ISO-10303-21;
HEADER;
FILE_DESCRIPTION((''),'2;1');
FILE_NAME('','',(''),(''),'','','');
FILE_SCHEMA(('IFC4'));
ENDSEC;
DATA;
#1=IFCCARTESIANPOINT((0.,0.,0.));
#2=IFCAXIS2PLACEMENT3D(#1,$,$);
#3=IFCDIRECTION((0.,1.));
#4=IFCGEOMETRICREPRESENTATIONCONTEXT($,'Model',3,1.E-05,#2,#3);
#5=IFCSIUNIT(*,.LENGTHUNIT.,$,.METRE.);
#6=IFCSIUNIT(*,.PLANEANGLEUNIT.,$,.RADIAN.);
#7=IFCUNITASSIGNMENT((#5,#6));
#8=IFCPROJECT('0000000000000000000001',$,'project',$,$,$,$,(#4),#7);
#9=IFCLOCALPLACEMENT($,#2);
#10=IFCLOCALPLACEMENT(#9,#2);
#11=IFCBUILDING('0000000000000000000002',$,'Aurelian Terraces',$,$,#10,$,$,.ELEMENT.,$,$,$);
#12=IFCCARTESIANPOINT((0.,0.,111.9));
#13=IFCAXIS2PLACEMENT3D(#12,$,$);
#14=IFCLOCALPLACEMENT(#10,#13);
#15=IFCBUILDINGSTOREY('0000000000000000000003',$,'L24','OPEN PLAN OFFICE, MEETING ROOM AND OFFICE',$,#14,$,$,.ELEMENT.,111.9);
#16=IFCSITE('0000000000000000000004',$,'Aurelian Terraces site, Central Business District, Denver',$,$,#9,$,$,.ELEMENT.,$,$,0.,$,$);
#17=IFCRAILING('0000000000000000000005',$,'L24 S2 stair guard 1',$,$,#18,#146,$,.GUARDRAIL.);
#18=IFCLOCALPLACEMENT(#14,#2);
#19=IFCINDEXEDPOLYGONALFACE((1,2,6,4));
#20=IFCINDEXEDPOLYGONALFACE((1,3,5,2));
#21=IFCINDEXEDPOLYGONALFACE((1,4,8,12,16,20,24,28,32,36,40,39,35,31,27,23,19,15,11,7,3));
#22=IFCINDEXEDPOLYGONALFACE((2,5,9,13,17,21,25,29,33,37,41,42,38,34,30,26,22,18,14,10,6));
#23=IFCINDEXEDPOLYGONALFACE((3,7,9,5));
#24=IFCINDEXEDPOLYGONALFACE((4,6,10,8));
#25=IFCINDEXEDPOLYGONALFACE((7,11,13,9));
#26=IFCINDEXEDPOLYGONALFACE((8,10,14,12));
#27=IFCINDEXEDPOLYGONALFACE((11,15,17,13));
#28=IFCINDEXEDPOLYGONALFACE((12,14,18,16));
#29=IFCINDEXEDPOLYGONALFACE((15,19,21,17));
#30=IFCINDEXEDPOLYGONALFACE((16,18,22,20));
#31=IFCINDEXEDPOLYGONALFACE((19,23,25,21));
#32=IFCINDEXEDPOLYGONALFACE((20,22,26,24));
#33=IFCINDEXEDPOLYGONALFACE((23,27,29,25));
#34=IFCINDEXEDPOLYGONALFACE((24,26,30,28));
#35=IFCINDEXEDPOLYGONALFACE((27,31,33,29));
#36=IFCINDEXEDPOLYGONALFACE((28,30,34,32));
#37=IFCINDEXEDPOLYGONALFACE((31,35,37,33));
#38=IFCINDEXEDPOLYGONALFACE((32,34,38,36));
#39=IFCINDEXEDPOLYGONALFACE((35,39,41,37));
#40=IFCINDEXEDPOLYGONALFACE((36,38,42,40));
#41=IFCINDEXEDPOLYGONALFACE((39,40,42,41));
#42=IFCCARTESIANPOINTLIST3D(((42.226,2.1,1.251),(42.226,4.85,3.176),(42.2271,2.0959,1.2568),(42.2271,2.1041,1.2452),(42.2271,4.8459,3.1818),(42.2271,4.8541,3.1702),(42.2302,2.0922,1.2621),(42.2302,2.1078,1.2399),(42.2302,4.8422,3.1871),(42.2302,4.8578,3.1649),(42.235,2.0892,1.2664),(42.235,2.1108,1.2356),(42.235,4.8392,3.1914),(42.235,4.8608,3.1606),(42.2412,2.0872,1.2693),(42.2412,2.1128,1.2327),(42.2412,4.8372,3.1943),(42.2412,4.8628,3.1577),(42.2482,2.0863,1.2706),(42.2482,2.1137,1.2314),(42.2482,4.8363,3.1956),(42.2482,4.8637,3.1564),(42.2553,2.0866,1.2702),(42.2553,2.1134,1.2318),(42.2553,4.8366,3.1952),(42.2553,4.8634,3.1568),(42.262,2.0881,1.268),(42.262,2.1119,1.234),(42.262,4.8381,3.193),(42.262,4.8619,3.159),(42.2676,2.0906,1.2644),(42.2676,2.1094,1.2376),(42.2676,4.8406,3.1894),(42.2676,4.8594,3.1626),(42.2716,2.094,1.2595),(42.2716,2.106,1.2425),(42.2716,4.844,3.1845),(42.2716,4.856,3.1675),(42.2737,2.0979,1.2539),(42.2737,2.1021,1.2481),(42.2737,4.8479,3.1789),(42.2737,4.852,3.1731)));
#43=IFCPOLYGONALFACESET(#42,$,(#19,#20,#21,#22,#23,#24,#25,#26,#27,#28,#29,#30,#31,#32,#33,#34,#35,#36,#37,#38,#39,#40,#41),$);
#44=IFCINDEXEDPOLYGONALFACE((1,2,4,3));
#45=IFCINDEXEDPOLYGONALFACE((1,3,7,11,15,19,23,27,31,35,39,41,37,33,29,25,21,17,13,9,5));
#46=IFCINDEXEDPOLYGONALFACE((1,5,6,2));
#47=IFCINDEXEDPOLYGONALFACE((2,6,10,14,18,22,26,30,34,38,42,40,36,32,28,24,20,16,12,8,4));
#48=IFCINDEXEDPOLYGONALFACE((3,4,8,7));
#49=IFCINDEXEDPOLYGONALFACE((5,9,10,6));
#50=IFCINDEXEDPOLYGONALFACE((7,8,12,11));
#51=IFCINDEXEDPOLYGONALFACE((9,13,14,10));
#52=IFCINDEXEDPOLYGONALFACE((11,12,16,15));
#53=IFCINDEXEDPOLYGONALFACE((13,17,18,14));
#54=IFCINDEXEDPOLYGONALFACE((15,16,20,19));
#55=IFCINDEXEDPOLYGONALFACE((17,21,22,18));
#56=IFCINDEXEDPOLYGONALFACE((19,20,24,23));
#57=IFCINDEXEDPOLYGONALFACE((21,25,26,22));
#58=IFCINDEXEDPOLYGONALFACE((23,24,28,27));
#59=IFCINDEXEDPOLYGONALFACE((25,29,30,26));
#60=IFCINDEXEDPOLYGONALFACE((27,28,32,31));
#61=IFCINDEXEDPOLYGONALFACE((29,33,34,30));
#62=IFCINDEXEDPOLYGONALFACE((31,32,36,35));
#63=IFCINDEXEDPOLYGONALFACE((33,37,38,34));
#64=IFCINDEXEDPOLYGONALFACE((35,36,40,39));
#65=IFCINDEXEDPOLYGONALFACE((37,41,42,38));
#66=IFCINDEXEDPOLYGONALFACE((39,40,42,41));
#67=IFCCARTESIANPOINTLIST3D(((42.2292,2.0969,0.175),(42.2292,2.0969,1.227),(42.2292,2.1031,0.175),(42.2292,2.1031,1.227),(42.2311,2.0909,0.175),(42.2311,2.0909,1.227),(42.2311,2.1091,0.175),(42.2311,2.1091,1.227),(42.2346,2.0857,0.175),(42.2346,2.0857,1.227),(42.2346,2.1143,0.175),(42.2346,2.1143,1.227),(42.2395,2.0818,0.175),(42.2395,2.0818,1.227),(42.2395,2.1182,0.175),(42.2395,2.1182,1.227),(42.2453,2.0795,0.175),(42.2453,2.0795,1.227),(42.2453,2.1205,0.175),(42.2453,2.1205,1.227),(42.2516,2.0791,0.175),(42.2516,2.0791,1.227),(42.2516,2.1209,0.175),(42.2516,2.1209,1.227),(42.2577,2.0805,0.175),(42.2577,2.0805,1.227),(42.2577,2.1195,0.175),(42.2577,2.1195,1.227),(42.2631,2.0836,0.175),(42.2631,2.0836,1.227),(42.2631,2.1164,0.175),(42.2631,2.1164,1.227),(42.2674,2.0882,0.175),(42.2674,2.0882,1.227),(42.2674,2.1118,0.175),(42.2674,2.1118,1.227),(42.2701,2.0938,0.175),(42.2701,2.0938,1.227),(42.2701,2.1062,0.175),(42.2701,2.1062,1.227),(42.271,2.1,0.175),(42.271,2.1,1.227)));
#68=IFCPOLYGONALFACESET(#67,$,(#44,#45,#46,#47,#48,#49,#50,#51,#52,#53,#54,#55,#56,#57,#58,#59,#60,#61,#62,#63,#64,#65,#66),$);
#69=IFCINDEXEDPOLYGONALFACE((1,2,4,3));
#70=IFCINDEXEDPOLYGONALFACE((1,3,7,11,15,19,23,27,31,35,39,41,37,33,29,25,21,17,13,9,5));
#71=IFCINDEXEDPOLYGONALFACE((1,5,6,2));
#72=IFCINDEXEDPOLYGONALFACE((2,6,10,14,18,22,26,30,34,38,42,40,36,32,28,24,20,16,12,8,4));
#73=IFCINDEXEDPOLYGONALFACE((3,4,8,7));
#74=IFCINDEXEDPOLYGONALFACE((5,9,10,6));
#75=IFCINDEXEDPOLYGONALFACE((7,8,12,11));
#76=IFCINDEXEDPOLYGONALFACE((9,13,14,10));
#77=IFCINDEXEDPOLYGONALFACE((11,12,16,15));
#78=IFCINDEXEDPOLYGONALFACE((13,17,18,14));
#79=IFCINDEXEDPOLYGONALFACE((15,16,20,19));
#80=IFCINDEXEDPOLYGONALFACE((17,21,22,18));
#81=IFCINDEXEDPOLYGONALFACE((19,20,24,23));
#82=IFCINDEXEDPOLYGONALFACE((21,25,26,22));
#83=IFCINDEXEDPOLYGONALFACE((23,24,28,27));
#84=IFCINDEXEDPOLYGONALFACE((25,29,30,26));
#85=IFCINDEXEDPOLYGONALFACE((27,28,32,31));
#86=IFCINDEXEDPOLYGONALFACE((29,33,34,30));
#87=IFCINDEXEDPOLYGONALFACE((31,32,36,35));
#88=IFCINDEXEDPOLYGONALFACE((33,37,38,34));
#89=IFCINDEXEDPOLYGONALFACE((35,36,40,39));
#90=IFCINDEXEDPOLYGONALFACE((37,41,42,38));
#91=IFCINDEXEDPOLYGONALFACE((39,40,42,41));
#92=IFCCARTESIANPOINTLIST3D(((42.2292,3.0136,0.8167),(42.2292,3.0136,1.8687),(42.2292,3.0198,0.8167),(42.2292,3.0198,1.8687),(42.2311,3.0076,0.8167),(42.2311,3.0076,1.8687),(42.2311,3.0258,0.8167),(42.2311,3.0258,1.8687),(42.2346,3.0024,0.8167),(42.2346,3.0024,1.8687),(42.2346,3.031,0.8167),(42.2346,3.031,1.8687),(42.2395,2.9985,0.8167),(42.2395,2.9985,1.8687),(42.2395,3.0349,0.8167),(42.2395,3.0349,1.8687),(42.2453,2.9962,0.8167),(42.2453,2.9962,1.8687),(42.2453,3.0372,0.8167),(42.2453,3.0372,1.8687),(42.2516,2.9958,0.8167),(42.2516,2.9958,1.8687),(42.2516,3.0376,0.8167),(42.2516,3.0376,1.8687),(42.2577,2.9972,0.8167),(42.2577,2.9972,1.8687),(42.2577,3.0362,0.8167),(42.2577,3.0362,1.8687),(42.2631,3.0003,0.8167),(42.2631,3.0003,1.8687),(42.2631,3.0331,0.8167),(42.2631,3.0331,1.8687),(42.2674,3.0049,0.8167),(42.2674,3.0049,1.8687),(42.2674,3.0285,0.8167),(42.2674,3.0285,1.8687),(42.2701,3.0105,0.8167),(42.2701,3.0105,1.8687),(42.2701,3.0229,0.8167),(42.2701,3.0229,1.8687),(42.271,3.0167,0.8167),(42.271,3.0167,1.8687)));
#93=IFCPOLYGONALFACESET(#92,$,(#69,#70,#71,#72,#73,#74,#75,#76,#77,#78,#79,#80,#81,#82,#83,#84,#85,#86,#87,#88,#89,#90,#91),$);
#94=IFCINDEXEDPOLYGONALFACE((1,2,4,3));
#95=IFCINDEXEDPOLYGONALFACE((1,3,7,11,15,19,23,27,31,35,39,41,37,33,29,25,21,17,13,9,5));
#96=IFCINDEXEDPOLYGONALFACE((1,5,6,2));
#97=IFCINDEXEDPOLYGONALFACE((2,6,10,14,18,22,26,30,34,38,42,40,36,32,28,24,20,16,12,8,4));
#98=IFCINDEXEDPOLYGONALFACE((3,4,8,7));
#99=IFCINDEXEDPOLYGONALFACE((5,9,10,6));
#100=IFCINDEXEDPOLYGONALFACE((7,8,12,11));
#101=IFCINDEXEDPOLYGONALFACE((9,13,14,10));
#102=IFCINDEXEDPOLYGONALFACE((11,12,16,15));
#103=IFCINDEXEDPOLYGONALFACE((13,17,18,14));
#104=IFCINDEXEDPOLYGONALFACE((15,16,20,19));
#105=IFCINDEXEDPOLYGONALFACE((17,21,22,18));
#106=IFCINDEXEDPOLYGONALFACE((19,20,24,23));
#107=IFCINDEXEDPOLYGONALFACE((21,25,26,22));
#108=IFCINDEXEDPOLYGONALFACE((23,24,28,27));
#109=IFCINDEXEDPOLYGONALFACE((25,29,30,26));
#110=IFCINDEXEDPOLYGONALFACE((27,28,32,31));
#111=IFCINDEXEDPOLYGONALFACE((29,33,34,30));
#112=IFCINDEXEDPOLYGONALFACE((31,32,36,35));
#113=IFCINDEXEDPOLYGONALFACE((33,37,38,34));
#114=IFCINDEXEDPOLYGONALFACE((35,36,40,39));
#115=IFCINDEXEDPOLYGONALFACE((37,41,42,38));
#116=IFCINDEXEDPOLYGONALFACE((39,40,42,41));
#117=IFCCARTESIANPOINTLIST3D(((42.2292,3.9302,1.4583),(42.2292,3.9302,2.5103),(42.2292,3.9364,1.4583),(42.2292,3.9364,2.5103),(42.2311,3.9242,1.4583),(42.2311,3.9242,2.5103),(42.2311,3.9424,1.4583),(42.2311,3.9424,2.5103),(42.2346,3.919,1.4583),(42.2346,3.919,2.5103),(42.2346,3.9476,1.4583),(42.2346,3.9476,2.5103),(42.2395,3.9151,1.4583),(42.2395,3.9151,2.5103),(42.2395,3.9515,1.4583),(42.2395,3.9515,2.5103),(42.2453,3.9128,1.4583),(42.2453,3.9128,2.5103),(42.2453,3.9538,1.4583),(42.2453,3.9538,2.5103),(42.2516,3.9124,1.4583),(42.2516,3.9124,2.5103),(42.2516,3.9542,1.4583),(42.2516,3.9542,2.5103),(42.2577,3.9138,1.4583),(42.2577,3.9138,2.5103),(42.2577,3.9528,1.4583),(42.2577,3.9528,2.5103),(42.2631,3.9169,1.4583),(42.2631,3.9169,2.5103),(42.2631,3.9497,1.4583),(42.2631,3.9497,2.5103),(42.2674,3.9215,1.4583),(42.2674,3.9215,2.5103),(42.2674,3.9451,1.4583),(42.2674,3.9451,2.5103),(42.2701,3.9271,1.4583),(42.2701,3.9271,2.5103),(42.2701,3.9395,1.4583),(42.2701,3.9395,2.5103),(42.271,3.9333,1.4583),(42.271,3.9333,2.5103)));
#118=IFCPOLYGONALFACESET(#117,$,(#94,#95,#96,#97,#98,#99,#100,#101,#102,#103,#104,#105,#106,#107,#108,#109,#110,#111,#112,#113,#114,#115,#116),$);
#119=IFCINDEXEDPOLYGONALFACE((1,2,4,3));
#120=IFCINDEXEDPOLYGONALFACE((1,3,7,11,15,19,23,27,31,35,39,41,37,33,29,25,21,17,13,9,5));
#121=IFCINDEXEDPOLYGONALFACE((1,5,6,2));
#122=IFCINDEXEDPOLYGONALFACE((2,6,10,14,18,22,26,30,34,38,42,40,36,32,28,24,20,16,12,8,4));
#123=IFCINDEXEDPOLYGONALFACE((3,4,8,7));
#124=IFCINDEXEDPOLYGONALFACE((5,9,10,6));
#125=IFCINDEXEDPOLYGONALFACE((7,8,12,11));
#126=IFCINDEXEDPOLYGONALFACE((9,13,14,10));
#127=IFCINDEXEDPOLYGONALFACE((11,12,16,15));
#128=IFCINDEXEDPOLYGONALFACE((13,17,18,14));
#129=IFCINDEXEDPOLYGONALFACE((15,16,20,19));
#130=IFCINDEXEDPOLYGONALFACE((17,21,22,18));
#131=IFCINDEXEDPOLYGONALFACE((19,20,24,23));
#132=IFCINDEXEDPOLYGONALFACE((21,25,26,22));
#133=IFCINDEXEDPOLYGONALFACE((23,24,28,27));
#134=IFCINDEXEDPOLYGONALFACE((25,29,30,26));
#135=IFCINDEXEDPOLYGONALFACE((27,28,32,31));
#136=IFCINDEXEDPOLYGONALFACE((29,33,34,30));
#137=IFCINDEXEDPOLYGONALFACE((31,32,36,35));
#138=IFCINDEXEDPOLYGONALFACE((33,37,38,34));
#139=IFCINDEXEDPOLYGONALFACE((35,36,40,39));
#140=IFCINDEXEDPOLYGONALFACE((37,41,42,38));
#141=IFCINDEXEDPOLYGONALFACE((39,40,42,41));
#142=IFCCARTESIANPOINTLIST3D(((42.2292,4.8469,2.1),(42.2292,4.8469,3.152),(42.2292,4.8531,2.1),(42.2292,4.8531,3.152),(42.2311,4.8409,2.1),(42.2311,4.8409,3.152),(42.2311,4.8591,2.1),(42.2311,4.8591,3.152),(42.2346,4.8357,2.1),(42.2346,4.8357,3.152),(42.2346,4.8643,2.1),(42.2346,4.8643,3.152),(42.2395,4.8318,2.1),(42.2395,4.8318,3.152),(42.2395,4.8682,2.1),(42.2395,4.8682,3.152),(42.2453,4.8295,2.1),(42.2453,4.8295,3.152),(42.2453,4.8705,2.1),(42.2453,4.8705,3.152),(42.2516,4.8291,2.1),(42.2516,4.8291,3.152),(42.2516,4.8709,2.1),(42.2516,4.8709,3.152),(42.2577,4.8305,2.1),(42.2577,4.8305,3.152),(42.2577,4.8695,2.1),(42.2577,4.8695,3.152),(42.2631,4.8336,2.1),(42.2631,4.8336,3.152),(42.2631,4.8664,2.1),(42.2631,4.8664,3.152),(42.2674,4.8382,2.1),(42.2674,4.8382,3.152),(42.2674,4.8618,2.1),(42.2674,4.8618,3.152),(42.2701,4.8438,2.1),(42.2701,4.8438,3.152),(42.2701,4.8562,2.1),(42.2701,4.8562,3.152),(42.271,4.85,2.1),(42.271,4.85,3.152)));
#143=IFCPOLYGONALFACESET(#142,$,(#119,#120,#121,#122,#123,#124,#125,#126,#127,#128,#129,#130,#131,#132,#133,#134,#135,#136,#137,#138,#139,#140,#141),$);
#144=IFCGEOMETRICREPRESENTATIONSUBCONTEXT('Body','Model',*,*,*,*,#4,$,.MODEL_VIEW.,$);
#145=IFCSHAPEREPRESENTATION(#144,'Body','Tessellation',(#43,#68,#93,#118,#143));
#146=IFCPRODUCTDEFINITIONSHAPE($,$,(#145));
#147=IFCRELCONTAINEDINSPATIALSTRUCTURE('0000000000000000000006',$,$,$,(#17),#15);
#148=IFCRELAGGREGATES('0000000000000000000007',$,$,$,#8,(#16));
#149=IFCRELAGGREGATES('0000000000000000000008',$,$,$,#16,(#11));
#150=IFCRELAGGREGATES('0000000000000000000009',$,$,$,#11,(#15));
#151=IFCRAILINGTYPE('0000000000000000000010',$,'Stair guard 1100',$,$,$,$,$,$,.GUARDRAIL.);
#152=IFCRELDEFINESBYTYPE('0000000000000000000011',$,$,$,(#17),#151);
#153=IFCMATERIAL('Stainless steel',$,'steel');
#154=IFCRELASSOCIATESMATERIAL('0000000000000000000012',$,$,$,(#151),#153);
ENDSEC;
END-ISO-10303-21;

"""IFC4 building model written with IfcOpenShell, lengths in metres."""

from ifc_helpers import new_model, si_unit, direction, frame, origin, origin_2d, place, context, subcontext, project, spatial, circle, extrude, source, transform, mapped, material, type_object, element, save


model = new_model("IFC4")

# Units and contexts
model_context = context("Model", 3, precision=1e-05, world=origin(), true_north=direction((0.0, 1.0)))
body_context = subcontext(model_context, "Body", "Model", "MODEL_VIEW")
ifc_project = project(units=[si_unit("LENGTHUNIT", "METRE"), si_unit("PLANEANGLEUNIT", "RADIAN")], contexts=[model_context])

# Site, building, storey
site_placement = place(None, origin())
site = spatial("IfcSite", under=ifc_project, at=site_placement, Name="Aurelian Terraces site, Central Business District, Denver", CompositionType="ELEMENT", RefElevation=0.0)
building_placement = place(site_placement, origin())
building = spatial("IfcBuilding", under=site, at=building_placement, Name="Aurelian Terraces", CompositionType="ELEMENT")
storey_placement = place(building_placement, frame((0.0, 0.0, 111.9)))
storey = spatial("IfcBuildingStorey", under=building, at=storey_placement, Name="L24", Description="OPEN PLAN OFFICE, MEETING ROOM AND OFFICE", CompositionType="ELEMENT", Elevation=111.9)

# Railing
ifc_material_1 = material(Name="Stainless steel", Category="steel")
railing_type_1 = type_object("IfcRailingType", Name="Stair guard 1100", PredefinedType="GUARDRAIL", material=ifc_material_1)
shared_shape_1 = source(origin(), body_context, "Body", "SweptSolid", [
    extrude(circle(Radius=0.024, at=origin_2d()), frame((0.0, 0.0, 1.076), z_axis=(0.0, 0.819232, 0.573462), x_axis=(-1.0, 0.0, 0.0)), (0.0, 0.0, 1.0), 3.3568),
    extrude(circle(Radius=0.021, at=origin_2d()), origin(), (0.0, 0.0, 1.0), 1.052),
    extrude(circle(Radius=0.021, at=origin_2d()), frame((0.0, 0.9167, 0.6417)), (0.0, 0.0, 1.0), 1.052),
    extrude(circle(Radius=0.021, at=origin_2d()), frame((0.0, 1.8333, 1.2833)), (0.0, 0.0, 1.0), 1.052),
    extrude(circle(Radius=0.021, at=origin_2d()), frame((0.0, 2.75, 1.925)), (0.0, 0.0, 1.0), 1.052),
])
railing_1_placement = place(storey_placement, frame((42.25, 2.1, 0.175)))
element("IfcRailing", 1, at=railing_1_placement, inside=storey, type_object=railing_type_1, Name="L24 S2 stair guard 1", PredefinedType="GUARDRAIL", context=body_context, shape_type="MappedRepresentation", body=[
    mapped(shared_shape_1, transform((0.0, 0.0, 0.0), scale=1.0)),
])

save(model, "model.ifc")
